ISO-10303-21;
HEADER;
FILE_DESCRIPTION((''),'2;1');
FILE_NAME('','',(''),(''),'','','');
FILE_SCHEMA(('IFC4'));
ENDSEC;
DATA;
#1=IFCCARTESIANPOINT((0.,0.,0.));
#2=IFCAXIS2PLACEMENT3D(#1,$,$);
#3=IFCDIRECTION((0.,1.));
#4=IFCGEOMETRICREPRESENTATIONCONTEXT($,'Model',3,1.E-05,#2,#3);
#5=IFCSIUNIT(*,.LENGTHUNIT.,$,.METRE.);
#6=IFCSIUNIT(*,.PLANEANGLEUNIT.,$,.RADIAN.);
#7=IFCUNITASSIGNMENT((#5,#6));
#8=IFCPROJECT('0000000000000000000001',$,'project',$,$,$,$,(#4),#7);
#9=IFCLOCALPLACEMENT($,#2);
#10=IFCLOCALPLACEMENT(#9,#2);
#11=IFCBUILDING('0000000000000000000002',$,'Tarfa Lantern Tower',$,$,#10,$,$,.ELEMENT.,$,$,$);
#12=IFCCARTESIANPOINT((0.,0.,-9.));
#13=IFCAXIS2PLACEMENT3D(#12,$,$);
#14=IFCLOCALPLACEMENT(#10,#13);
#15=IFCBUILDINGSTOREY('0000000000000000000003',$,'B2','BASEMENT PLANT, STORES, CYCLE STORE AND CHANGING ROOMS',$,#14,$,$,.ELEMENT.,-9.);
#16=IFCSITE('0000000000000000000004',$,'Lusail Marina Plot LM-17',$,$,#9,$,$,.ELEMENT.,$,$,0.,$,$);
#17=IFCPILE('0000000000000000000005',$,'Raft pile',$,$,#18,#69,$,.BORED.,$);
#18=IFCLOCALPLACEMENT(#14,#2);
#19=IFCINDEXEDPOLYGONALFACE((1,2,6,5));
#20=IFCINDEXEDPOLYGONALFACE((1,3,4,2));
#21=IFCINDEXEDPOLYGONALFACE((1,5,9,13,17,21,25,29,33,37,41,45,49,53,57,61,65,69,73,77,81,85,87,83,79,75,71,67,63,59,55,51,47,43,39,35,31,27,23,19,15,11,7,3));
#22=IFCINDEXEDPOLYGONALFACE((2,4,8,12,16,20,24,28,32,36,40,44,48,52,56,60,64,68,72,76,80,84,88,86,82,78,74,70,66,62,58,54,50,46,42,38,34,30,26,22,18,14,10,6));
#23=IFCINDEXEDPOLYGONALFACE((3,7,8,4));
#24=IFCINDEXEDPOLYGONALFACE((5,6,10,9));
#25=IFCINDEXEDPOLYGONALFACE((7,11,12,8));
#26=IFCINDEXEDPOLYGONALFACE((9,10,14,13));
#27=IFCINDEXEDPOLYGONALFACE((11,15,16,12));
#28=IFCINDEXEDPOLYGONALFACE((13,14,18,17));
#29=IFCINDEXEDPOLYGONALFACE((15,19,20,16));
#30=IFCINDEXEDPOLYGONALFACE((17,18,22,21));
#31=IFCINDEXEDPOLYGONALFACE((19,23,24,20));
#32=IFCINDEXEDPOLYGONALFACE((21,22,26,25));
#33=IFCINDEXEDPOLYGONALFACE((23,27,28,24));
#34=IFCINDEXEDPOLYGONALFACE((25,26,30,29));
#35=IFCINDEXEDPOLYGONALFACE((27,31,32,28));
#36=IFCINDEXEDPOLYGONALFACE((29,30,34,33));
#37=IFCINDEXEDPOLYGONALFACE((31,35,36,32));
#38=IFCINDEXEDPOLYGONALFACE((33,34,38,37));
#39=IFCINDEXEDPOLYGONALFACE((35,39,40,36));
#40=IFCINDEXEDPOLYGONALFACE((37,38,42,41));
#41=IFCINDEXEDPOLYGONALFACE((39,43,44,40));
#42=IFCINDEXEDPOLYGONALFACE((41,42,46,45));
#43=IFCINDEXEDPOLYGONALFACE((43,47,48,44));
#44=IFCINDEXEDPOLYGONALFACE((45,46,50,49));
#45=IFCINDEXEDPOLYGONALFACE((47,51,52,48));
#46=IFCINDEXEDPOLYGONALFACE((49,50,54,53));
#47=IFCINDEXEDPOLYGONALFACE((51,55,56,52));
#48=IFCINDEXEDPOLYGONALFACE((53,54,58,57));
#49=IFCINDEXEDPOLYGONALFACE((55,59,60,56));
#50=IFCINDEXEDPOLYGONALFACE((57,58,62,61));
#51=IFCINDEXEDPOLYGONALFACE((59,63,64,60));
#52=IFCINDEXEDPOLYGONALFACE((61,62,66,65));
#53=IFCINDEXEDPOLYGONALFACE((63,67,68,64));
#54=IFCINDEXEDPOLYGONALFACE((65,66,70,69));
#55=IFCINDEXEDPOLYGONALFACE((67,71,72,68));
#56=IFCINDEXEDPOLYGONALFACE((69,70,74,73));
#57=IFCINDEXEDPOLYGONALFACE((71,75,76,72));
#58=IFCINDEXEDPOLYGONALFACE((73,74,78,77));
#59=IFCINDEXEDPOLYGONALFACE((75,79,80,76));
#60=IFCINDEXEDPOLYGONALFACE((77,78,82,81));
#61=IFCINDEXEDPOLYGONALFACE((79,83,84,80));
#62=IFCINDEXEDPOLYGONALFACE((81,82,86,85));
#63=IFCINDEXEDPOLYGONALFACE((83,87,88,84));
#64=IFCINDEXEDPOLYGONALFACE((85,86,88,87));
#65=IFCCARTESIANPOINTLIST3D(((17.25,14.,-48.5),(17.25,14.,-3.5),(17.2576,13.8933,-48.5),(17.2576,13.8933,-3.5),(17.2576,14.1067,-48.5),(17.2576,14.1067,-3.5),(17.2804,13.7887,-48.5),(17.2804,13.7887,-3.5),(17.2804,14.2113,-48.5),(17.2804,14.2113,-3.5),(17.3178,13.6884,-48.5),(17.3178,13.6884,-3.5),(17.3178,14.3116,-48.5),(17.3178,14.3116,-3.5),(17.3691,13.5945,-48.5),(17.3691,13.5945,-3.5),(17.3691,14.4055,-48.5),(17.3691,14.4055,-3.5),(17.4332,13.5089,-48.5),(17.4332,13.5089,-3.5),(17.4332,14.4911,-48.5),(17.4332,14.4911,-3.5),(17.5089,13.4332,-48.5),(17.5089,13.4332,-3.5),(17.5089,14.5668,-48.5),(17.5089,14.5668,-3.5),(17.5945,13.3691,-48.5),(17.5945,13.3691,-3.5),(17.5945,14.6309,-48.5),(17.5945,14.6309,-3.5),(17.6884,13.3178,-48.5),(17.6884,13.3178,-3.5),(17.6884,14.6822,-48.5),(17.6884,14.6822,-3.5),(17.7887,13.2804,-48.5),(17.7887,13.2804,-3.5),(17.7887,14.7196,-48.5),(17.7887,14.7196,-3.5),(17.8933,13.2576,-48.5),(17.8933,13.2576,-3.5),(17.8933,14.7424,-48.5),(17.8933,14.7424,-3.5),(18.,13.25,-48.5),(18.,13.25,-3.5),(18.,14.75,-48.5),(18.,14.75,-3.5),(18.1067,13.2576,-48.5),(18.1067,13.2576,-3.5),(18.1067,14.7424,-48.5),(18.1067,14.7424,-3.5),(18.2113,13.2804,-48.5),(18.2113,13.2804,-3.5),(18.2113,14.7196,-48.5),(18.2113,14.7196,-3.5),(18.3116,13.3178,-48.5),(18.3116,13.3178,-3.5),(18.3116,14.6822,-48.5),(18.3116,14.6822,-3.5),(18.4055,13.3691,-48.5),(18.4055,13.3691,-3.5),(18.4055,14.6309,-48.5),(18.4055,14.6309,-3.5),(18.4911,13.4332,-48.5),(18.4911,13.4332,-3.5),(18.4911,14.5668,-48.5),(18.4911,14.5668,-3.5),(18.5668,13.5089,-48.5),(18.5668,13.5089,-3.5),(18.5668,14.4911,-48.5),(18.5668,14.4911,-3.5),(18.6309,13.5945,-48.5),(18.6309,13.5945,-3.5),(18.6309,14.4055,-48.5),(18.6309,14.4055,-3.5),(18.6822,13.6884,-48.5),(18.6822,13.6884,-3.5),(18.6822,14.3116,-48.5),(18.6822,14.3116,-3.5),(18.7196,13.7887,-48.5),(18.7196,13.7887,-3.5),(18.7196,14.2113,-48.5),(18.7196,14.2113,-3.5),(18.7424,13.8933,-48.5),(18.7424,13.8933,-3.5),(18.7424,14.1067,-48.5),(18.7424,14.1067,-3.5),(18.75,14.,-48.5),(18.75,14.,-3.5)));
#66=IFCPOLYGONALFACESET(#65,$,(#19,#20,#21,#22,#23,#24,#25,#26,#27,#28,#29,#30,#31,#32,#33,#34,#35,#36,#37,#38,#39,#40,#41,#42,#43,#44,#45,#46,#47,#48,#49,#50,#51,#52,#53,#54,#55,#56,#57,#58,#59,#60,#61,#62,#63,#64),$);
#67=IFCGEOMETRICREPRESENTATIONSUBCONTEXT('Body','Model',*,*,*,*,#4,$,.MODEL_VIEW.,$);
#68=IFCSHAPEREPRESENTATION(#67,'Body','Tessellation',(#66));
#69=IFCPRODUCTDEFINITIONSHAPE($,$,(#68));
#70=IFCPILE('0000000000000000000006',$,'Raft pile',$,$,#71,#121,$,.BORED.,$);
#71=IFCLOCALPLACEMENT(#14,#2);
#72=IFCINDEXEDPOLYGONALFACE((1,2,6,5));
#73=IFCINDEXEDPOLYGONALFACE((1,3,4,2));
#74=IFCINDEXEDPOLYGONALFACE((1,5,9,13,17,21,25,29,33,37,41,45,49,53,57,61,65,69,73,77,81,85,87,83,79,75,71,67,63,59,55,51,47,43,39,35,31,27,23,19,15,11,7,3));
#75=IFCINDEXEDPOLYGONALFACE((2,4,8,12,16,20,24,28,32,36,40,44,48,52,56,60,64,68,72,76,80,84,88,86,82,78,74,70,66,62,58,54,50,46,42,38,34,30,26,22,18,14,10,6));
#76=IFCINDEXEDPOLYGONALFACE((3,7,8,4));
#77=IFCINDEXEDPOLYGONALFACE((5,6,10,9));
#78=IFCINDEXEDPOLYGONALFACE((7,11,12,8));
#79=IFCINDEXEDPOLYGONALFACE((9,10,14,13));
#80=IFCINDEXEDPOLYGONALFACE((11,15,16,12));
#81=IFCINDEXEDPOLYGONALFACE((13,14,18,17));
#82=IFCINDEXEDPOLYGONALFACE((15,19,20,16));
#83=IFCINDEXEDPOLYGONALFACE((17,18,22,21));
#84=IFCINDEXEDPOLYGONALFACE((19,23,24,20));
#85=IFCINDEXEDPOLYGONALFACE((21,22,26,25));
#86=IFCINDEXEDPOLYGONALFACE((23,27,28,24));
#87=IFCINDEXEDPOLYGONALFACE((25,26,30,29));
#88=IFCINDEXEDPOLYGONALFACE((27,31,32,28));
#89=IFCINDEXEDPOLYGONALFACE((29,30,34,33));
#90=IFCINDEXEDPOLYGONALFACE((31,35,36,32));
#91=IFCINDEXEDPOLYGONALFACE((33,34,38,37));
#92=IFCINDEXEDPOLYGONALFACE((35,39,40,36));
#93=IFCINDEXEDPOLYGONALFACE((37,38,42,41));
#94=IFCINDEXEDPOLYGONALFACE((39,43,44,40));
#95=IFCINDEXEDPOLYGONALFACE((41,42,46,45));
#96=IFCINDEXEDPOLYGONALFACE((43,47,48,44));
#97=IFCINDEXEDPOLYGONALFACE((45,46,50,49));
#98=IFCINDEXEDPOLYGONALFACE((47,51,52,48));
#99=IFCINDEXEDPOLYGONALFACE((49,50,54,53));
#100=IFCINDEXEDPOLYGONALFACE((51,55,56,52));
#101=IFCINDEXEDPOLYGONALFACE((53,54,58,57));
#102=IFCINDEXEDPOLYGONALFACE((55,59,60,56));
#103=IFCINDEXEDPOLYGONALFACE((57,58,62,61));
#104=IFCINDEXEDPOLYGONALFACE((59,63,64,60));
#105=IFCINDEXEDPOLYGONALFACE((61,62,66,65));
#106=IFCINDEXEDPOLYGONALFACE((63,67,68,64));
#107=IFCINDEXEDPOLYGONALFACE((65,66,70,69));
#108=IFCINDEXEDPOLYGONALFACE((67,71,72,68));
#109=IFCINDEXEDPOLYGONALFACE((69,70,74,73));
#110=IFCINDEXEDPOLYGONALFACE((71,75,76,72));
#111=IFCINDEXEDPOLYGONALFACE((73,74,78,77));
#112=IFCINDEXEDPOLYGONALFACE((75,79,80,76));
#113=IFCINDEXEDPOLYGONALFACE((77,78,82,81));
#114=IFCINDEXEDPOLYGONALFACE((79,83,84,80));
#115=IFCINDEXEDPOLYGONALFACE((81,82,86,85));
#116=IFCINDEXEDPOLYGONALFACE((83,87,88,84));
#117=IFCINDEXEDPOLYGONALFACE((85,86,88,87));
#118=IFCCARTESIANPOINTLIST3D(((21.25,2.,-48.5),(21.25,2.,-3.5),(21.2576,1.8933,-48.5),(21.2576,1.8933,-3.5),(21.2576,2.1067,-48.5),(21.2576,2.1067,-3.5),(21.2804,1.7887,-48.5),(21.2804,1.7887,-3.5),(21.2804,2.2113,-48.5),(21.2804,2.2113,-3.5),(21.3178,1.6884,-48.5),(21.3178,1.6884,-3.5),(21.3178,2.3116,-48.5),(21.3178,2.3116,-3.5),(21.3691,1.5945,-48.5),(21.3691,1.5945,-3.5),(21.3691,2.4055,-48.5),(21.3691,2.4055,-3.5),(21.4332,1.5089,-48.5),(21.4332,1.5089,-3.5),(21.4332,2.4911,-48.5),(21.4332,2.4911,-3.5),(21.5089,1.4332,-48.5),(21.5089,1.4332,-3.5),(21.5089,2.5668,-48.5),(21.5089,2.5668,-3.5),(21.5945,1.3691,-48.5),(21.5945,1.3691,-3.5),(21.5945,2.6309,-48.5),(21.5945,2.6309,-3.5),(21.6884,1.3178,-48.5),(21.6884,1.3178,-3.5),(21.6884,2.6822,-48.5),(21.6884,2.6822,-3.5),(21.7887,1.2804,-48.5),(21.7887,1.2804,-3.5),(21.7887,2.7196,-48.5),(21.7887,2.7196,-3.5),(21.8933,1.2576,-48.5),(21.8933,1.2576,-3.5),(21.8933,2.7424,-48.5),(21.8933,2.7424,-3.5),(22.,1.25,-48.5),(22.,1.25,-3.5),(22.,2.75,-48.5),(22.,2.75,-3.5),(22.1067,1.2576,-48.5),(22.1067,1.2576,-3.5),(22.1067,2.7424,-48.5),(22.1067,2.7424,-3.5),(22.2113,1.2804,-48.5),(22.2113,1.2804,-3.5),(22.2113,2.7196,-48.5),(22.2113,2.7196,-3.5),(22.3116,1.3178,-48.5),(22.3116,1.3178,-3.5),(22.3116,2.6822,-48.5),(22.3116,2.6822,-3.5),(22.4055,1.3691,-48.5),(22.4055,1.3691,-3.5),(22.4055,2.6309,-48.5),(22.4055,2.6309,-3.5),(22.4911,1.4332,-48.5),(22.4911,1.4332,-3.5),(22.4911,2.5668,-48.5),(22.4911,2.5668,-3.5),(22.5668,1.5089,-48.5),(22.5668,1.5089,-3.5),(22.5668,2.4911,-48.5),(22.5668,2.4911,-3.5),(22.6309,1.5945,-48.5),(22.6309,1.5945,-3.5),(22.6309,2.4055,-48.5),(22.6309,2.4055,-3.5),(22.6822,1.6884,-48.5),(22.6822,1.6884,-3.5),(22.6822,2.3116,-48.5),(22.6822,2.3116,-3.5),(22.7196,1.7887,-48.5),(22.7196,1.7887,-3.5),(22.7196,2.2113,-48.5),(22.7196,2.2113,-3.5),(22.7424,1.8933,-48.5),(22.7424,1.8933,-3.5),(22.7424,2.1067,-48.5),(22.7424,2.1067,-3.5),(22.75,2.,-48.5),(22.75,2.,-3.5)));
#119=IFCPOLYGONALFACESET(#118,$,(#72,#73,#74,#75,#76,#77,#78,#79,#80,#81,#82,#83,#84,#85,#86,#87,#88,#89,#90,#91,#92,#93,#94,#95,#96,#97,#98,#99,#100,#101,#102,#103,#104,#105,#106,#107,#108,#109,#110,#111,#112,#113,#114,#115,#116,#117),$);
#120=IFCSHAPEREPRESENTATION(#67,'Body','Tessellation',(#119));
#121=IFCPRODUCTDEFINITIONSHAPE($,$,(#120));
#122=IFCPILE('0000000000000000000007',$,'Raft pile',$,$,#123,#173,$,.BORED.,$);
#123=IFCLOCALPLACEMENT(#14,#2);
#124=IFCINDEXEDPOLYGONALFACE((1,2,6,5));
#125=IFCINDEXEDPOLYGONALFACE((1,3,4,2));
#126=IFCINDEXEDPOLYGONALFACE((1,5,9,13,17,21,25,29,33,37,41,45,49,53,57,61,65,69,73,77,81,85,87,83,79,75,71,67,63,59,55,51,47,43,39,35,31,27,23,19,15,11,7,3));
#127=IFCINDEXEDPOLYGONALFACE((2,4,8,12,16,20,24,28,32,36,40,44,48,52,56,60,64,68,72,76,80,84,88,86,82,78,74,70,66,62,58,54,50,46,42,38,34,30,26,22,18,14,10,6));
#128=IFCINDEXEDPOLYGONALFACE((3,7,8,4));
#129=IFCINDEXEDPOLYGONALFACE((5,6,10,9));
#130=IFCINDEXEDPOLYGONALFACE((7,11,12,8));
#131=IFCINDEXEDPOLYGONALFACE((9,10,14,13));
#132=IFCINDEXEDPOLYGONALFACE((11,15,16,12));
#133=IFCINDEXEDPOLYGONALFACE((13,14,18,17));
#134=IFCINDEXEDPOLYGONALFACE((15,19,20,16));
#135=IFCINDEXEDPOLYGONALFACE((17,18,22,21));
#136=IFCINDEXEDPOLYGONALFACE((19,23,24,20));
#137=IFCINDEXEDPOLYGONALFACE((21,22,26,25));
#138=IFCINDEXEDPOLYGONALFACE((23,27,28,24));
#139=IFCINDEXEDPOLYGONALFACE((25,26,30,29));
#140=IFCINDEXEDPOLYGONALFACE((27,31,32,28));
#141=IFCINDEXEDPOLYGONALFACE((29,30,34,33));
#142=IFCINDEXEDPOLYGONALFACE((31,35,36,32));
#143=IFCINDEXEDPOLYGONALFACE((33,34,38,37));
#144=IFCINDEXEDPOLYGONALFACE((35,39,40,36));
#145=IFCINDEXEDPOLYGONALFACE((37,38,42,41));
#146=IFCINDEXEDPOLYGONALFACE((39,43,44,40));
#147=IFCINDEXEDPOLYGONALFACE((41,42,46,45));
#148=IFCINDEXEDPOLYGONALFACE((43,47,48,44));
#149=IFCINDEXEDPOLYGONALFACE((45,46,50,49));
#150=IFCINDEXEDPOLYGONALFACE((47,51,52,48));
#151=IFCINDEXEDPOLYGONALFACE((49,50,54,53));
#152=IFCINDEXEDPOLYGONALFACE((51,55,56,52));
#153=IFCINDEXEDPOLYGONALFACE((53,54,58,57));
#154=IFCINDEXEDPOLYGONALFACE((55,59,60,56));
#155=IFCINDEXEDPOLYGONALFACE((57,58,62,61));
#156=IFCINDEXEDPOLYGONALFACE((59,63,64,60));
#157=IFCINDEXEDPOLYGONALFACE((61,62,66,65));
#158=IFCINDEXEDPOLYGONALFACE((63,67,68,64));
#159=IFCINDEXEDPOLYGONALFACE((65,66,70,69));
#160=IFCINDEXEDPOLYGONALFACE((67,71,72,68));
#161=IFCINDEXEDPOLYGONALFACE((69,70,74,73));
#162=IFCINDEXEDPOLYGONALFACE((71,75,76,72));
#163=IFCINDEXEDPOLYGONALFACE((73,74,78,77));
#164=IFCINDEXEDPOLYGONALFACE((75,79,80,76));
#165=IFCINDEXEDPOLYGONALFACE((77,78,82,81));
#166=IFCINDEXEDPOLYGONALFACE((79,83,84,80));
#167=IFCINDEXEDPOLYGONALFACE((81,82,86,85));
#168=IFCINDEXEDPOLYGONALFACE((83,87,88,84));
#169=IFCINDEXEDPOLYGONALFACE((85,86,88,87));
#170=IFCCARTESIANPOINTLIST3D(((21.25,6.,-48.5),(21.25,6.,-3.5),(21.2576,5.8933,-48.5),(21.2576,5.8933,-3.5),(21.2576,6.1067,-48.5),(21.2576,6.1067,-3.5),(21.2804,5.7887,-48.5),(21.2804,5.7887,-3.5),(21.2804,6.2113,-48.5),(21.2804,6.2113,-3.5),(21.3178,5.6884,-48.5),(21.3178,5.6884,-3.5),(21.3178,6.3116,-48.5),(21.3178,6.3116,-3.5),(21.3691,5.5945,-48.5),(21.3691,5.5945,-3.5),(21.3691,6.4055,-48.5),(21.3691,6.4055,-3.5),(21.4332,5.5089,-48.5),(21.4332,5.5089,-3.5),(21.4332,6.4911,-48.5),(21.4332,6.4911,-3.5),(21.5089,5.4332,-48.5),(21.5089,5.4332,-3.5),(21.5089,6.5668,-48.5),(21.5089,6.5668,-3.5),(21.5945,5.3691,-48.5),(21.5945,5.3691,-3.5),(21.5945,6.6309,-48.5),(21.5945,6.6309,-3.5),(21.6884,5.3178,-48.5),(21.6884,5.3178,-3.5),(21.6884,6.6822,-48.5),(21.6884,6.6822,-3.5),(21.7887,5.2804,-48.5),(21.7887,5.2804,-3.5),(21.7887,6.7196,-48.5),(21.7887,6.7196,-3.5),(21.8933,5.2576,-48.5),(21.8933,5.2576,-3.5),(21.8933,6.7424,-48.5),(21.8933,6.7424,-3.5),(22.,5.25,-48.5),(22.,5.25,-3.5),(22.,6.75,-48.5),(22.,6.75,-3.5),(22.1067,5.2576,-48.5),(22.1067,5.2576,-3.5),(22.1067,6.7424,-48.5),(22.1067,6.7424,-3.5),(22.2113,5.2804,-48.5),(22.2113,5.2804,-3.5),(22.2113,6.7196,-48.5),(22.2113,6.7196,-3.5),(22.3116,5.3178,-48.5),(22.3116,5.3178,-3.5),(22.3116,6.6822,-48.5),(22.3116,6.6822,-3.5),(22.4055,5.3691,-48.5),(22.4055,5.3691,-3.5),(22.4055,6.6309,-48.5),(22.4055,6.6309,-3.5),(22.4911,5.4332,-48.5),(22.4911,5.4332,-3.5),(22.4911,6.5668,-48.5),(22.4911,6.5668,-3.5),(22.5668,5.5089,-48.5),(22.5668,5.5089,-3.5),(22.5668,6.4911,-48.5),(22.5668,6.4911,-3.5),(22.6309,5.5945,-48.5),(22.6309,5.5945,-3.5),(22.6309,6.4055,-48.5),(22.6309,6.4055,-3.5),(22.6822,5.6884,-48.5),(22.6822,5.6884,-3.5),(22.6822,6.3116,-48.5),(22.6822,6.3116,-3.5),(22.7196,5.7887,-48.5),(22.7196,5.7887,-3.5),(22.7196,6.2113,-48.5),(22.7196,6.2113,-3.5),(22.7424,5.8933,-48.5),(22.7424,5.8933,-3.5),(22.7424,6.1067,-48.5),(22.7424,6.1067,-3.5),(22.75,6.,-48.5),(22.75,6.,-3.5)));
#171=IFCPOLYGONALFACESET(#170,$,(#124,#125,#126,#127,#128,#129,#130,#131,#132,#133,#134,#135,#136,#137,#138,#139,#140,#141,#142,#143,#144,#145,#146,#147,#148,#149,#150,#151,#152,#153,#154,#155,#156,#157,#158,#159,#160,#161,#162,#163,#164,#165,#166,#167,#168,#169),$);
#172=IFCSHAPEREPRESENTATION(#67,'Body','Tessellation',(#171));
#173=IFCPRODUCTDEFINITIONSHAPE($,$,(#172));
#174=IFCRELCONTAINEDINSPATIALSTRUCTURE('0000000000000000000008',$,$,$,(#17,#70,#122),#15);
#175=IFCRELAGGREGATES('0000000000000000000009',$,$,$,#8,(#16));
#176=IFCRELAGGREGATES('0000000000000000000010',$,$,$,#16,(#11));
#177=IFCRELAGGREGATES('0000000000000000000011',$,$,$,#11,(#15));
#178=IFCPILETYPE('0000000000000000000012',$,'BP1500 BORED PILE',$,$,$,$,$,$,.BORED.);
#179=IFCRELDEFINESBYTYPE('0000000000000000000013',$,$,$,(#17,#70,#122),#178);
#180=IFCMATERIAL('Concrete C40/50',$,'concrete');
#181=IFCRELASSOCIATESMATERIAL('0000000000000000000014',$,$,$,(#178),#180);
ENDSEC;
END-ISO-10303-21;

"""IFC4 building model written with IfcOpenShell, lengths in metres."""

from ifc_helpers import new_model, si_unit, direction, frame, origin, origin_2d, place, context, subcontext, project, spatial, circle, extrude, material, material_profile, profile_set, type_object, element, save


model = new_model("IFC4")

# Units and contexts
model_context = context("Model", 3, precision=1e-05, world=origin(), true_north=direction((0.0, 1.0)))
body_context = subcontext(model_context, "Body", "Model", "MODEL_VIEW")
ifc_project = project(units=[si_unit("LENGTHUNIT", "METRE"), si_unit("PLANEANGLEUNIT", "RADIAN")], contexts=[model_context])

# Site, building, storey
site_placement = place(None, origin())
site = spatial("IfcSite", under=ifc_project, at=site_placement, Name="Lusail Marina Plot LM-17", CompositionType="ELEMENT", RefElevation=0.0)
building_placement = place(site_placement, origin())
building = spatial("IfcBuilding", under=site, at=building_placement, Name="Tarfa Lantern Tower", CompositionType="ELEMENT")
storey_placement = place(building_placement, frame((0.0, 0.0, -9.0)))
storey = spatial("IfcBuildingStorey", under=building, at=storey_placement, Name="B2", Description="BASEMENT PLANT, STORES, CYCLE STORE AND CHANGING ROOMS", CompositionType="ELEMENT", Elevation=-9.0)

# Piles
ifc_material_1 = material(Name="Concrete C40/50", Category="concrete")
ifc_material_profile_1 = material_profile(ifc_material_1, circle(Radius=0.75, at=origin_2d()), Name="BORED PILE D1500")
ifc_profile_set_1 = profile_set([ifc_material_profile_1], Name="Concrete C40/50")
pile_type = type_object("IfcPileType", Name="BP1500 BORED PILE", PredefinedType="BORED", material=ifc_profile_set_1)
for number, where, z_axis, x_axis, name in (
    (1, (18.0, 14.0, -3.5), (0.0, 0.0, -1.0), (1.0, 0.0, 0.0), "Raft pile"),
    (2, (22.0, 2.0, -3.5), (0.0, 0.0, -1.0), (1.0, 0.0, 0.0), "Raft pile"),
    (3, (22.0, 6.0, -3.5), (0.0, 0.0, -1.0), (1.0, 0.0, 0.0), "Raft pile"),
):
    element("IfcPile", number, at=place(storey_placement, frame(where, z_axis=z_axis, x_axis=x_axis)), inside=storey, type_object=pile_type, Name=name, PredefinedType="BORED", context=body_context, shape_type="SweptSolid", body=[
        extrude(circle(Radius=0.75, at=origin_2d()), origin(), (0.0, 0.0, 1.0), 45.0),
    ])

save(model, "model.ifc")
